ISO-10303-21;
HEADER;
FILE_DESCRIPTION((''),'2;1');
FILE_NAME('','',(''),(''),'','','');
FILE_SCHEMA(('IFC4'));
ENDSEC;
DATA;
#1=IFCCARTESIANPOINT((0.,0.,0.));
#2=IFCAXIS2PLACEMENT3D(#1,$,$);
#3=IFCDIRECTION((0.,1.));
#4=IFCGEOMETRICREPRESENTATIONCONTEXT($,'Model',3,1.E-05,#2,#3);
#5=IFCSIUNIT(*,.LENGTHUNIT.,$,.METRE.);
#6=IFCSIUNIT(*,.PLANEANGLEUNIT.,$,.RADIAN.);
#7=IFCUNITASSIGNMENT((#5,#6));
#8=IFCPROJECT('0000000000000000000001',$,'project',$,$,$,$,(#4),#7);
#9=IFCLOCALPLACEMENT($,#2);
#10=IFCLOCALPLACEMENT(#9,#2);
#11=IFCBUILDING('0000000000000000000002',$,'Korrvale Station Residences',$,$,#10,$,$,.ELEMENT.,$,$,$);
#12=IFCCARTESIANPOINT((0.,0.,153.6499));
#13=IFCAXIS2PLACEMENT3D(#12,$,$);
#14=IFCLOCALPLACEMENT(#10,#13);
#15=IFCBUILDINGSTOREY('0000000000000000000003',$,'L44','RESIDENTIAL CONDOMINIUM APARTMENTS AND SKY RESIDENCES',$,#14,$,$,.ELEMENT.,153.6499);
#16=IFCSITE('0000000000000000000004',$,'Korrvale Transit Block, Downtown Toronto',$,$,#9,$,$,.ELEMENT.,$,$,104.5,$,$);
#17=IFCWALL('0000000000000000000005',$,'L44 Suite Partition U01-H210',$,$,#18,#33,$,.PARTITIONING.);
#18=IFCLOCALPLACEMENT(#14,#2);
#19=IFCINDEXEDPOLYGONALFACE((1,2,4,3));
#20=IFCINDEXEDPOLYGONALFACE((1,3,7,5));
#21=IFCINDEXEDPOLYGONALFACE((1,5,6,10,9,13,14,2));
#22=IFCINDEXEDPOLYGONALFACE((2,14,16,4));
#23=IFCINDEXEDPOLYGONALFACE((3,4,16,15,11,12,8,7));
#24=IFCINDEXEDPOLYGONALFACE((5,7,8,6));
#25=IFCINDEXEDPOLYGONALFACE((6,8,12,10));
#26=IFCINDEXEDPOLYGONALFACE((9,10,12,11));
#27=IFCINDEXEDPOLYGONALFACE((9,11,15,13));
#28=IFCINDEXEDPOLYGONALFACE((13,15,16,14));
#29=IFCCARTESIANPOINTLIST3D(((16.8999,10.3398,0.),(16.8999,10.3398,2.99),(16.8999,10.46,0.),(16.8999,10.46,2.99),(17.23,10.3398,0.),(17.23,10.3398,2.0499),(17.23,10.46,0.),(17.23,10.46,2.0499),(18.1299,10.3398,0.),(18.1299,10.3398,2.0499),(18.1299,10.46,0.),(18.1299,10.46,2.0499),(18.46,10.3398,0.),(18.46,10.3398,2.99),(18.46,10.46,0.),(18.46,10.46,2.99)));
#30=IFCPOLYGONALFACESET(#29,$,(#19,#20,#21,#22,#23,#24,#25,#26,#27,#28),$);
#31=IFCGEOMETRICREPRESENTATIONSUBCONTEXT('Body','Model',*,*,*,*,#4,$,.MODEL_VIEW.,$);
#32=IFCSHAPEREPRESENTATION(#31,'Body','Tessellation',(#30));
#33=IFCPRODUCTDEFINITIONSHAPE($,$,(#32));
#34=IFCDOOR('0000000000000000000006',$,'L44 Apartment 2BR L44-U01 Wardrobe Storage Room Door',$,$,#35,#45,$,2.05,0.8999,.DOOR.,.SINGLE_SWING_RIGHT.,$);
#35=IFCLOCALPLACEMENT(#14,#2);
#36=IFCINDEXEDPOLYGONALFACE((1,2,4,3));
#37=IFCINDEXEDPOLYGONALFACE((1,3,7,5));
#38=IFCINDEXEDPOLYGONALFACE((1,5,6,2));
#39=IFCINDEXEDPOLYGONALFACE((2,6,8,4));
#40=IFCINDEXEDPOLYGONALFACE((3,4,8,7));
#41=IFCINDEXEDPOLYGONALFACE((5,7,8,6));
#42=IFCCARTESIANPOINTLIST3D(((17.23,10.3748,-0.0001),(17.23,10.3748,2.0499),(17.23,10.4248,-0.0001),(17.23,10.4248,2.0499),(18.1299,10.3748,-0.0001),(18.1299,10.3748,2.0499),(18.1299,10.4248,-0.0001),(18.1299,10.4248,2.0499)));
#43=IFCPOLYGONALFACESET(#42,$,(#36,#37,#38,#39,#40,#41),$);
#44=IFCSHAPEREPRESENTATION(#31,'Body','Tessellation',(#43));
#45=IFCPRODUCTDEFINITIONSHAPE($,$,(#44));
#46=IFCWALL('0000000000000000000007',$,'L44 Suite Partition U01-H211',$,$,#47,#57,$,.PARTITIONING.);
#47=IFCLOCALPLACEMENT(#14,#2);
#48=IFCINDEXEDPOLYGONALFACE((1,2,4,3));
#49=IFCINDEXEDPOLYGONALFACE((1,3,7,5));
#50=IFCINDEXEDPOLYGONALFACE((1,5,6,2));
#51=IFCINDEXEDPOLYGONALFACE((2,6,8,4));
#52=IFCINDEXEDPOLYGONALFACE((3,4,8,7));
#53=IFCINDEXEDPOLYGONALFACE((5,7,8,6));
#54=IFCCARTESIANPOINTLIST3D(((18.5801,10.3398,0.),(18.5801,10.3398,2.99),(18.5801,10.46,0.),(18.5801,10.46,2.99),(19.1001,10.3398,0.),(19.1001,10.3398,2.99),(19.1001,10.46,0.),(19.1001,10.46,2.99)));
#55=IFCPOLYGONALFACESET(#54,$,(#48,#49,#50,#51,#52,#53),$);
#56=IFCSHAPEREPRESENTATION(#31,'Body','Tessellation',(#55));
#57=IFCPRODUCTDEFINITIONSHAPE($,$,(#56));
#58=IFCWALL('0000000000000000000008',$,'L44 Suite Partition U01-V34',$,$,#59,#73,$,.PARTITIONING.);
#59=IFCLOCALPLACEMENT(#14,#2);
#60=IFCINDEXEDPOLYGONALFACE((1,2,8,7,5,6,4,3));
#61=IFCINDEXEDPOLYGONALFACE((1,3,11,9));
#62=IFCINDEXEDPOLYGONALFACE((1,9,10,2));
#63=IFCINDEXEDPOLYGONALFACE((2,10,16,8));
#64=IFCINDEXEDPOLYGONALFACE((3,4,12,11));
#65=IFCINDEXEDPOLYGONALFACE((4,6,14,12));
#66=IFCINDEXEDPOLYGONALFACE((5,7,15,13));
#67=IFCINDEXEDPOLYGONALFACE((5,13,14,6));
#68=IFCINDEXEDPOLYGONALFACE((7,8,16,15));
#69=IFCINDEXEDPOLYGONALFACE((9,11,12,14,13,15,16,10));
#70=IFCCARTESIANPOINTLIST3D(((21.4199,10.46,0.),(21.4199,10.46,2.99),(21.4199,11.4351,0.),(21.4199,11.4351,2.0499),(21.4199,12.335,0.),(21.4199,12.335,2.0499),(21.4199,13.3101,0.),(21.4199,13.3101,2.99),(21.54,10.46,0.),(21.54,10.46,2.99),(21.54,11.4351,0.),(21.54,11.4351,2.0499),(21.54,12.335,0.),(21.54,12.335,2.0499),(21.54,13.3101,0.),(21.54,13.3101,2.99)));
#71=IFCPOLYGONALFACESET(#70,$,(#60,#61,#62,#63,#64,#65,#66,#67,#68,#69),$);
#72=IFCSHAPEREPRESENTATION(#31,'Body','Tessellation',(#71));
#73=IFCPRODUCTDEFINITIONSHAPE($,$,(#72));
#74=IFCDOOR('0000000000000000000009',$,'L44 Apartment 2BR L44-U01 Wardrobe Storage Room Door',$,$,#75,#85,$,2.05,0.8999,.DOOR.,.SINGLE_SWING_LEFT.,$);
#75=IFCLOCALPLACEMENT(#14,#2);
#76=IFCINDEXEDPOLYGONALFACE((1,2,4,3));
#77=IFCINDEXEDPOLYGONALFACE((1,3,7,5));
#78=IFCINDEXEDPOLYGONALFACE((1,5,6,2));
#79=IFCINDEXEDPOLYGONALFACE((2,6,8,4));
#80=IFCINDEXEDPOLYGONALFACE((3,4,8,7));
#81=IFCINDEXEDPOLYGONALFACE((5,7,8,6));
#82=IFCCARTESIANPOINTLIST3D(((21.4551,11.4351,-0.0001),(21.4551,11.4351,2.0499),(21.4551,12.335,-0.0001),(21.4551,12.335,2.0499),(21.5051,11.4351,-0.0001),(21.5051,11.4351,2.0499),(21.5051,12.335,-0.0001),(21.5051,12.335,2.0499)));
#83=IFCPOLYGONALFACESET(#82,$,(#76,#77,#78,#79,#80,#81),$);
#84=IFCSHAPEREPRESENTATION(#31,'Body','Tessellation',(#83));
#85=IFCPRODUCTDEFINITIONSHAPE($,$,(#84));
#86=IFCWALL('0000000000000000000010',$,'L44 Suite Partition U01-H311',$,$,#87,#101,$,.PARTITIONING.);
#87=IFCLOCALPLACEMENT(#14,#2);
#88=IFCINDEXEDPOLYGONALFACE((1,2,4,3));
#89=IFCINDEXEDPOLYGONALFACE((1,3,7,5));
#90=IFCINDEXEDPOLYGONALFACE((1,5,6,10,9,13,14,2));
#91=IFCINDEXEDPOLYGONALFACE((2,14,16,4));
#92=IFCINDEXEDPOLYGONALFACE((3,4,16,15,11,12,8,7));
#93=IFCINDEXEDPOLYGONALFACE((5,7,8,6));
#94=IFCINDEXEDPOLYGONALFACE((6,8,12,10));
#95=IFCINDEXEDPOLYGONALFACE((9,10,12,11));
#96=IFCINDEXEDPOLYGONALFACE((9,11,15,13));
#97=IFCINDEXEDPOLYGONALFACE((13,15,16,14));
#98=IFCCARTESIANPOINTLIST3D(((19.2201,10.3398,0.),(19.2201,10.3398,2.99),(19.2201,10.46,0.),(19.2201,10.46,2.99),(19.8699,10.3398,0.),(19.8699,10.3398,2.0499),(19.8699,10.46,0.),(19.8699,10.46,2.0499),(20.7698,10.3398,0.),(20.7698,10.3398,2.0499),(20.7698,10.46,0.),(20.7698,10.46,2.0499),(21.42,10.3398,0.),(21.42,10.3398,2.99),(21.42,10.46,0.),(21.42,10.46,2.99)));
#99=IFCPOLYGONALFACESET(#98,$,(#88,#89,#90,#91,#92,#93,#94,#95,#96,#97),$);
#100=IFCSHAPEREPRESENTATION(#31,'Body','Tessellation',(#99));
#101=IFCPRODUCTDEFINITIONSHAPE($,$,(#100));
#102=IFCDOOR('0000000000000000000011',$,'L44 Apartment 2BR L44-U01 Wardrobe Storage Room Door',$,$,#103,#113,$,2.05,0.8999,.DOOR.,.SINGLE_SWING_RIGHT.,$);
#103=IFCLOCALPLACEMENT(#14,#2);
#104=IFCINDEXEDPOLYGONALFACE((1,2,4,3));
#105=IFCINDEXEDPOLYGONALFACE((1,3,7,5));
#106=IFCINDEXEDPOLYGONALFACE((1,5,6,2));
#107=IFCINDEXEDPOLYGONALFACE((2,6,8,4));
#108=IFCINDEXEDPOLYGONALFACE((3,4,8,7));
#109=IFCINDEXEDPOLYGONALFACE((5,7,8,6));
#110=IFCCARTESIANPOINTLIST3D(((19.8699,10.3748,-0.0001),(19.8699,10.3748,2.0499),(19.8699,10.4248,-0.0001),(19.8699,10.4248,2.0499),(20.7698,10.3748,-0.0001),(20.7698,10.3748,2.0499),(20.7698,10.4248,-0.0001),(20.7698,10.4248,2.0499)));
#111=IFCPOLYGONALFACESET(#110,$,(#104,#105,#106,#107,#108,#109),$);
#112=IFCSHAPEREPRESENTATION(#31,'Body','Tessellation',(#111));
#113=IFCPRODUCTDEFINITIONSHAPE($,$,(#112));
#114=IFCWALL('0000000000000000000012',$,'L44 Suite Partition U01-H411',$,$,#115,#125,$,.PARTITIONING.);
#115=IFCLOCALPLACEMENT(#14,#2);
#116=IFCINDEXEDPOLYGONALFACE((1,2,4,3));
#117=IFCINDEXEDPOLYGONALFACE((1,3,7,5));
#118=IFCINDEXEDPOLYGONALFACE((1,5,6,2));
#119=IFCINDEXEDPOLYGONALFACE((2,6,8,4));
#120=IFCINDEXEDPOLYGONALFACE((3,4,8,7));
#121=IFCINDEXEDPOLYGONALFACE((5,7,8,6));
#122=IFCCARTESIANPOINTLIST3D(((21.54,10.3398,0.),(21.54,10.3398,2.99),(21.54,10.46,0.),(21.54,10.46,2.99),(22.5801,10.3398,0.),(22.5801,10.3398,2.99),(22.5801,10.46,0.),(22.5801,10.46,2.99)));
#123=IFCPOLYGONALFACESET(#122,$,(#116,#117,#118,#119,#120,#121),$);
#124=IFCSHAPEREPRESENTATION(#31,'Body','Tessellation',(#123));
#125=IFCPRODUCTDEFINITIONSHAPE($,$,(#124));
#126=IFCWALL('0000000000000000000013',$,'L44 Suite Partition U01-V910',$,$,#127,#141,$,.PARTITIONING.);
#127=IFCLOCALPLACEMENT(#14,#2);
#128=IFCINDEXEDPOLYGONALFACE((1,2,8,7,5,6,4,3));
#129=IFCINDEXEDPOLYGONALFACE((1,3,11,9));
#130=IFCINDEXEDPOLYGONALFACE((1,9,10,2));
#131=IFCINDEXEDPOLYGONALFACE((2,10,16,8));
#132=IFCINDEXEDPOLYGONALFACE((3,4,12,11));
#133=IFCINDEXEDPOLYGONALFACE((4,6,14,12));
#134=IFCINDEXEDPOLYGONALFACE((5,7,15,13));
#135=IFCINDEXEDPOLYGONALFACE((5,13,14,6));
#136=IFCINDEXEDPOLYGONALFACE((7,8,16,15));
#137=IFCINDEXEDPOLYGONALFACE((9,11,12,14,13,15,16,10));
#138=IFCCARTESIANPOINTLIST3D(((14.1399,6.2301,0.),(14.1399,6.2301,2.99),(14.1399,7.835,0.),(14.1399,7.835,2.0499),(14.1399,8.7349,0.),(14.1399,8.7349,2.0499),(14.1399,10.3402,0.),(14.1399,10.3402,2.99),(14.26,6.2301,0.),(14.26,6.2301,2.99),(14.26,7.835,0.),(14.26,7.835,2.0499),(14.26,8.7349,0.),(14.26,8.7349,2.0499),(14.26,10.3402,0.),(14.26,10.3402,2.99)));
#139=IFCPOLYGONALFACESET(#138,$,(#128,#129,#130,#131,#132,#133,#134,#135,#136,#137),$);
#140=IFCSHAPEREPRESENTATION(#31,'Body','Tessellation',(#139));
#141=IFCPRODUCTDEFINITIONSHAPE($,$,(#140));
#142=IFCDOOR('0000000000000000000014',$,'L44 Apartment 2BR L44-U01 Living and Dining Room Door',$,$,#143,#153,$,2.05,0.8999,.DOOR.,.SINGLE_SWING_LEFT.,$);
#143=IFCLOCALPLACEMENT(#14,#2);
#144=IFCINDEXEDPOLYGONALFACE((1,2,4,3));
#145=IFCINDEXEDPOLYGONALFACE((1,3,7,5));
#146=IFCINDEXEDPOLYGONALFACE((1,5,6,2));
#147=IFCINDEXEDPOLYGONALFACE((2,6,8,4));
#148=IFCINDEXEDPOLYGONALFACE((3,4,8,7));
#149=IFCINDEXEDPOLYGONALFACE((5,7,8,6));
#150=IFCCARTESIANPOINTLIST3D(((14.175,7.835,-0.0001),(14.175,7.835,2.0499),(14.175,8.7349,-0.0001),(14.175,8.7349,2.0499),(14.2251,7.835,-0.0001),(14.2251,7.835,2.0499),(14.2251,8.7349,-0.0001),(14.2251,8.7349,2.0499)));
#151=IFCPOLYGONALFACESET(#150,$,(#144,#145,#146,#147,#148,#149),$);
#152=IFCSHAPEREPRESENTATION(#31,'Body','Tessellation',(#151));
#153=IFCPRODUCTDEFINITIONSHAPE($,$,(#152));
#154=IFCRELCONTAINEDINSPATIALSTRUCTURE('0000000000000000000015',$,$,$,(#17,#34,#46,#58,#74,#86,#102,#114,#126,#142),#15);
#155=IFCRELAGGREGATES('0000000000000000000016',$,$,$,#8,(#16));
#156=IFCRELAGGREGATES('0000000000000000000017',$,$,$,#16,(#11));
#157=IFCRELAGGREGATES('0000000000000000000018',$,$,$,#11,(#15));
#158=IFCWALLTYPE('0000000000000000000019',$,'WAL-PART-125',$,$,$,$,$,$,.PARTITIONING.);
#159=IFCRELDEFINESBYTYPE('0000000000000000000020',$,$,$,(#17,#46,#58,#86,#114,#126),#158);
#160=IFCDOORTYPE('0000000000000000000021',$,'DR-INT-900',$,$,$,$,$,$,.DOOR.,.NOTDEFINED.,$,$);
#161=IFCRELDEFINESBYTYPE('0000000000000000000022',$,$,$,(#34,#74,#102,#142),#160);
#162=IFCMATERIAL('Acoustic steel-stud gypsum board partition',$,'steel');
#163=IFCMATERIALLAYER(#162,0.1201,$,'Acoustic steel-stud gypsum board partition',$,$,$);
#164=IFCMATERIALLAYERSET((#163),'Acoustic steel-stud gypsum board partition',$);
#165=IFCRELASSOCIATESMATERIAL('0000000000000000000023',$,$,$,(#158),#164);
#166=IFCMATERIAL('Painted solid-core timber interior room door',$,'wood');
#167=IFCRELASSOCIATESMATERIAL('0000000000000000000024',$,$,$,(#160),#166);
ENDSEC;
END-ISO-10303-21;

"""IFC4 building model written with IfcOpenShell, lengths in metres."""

from ifc_helpers import new_model, si_unit, direction, frame, frame_2d, origin, place, context, subcontext, project, spatial, rectangle, extrude, material, layer, layer_set, type_object, element, fill, save


model = new_model("IFC4")

# Units and contexts
model_context = context("Model", 3, precision=1e-05, world=origin(), true_north=direction((0.0, 1.0)))
body_context = subcontext(model_context, "Body", "Model", "MODEL_VIEW")
ifc_project = project(units=[si_unit("LENGTHUNIT", "METRE"), si_unit("PLANEANGLEUNIT", "RADIAN")], contexts=[model_context])

# Site, building, storey
site_placement = place(None, origin())
site = spatial("IfcSite", under=ifc_project, at=site_placement, Name="Korrvale Transit Block, Downtown Toronto", CompositionType="ELEMENT", RefElevation=104.5)
building_placement = place(site_placement, origin())
building = spatial("IfcBuilding", under=site, at=building_placement, Name="Korrvale Station Residences", CompositionType="ELEMENT")
storey_placement = place(building_placement, frame((0.0, 0.0, 153.6499)))
storey = spatial("IfcBuildingStorey", under=building, at=storey_placement, Name="L44", Description="RESIDENTIAL CONDOMINIUM APARTMENTS AND SKY RESIDENCES", CompositionType="ELEMENT", Elevation=153.6499)

# Wall, opening, door
ifc_material_1 = material(Name="Acoustic steel-stud gypsum board partition", Category="steel")
ifc_layer_1 = layer(ifc_material_1, 0.1201, Name="Acoustic steel-stud gypsum board partition")
ifc_layer_set_1 = layer_set([ifc_layer_1], Name="Acoustic steel-stud gypsum board partition")
wall_type_1 = type_object("IfcWallType", Name="WAL-PART-125", PredefinedType="PARTITIONING", material=ifc_layer_set_1)
ifc_material_2 = material(Name="Painted solid-core timber interior room door", Category="wood")
door_type_1 = type_object("IfcDoorType", Name="DR-INT-900", OperationType="NOTDEFINED", PredefinedType="DOOR", material=ifc_material_2)
wall_1_placement = place(storey_placement, frame((16.8999, 10.3999, 0.0), z_axis=(0.0, 0.0, 1.0), x_axis=(1.0, 0.0, 0.0)))
wall_1 = element("IfcWall", 1, at=wall_1_placement, inside=storey, type_object=wall_type_1, Name="L44 Suite Partition U01-H210", PredefinedType="PARTITIONING", context=body_context, shape_type="SweptSolid", body=[
    extrude(rectangle(XDim=1.5601, YDim=0.1201, at=frame_2d((0.78, 0.0))), origin(), (0.0, 0.0, 1.0), 2.99),
])
opening_1_placement = place(wall_1_placement, frame((0.3301, 0.0, 0.0)))
opening_1 = element("IfcOpeningElement", 2, at=opening_1_placement, cuts=wall_1, PredefinedType="OPENING", context=body_context, shape_type="SweptSolid", body=[
    extrude(rectangle(XDim=0.8999, YDim=2.05, at=frame_2d((0.45, 1.0249))), frame((0.0, 0.0701, 0.0), z_axis=(0.0, -1.0, 0.0), x_axis=(1.0, 0.0, 0.0)), (0.0, 0.0, 1.0), 0.1401),
])
door_1_placement = place(opening_1_placement, origin())
door_1 = element("IfcDoor", 3, at=door_1_placement, inside=storey, type_object=door_type_1, Name="L44 Apartment 2BR L44-U01 Wardrobe Storage Room Door", OperationType="SINGLE_SWING_RIGHT", OverallHeight=2.05, OverallWidth=0.8999, PredefinedType="DOOR", context=body_context, shape_type="SweptSolid", body=[
    extrude(rectangle(XDim=0.8999, YDim=2.05, at=frame_2d((0.45, 1.0249))), frame((0.0, 0.0249, 0.0), z_axis=(0.0, -1.0, 0.0), x_axis=(1.0, 0.0, 0.0)), (0.0, 0.0, 1.0), 0.05),
])
fill(opening_1, door_1)

# Wall
wall_2_placement = place(storey_placement, frame((18.5801, 10.3999, 0.0), z_axis=(0.0, 0.0, 1.0), x_axis=(1.0, 0.0, 0.0)))
element("IfcWall", 4, at=wall_2_placement, inside=storey, type_object=wall_type_1, Name="L44 Suite Partition U01-H211", PredefinedType="PARTITIONING", context=body_context, shape_type="SweptSolid", body=[
    extrude(rectangle(XDim=0.52, YDim=0.1201, at=frame_2d((0.26, 0.0))), origin(), (0.0, 0.0, 1.0), 2.99),
])

# Walls, openings, doors
wall_3_placement = place(storey_placement, frame((21.48, 10.46, 0.0), z_axis=(0.0, 0.0, 1.0), x_axis=(0.0, 1.0, 0.0)))
wall_3 = element("IfcWall", 5, at=wall_3_placement, inside=storey, type_object=wall_type_1, Name="L44 Suite Partition U01-V34", PredefinedType="PARTITIONING", context=body_context, shape_type="SweptSolid", body=[
    extrude(rectangle(XDim=2.8501, YDim=0.1201, at=frame_2d((1.425, 0.0))), origin(), (0.0, 0.0, 1.0), 2.99),
])
opening_2_placement = place(wall_3_placement, frame((0.9751, 0.0, 0.0)))
opening_2 = element("IfcOpeningElement", 6, at=opening_2_placement, cuts=wall_3, PredefinedType="OPENING", context=body_context, shape_type="SweptSolid", body=[
    extrude(rectangle(XDim=0.8999, YDim=2.05, at=frame_2d((0.45, 1.0249))), frame((0.0, 0.0701, 0.0), z_axis=(0.0, -1.0, 0.0), x_axis=(1.0, 0.0, 0.0)), (0.0, 0.0, 1.0), 0.1401),
])
door_2_placement = place(opening_2_placement, origin())
door_2 = element("IfcDoor", 7, at=door_2_placement, inside=storey, type_object=door_type_1, Name="L44 Apartment 2BR L44-U01 Wardrobe Storage Room Door", OperationType="SINGLE_SWING_LEFT", OverallHeight=2.05, OverallWidth=0.8999, PredefinedType="DOOR", context=body_context, shape_type="SweptSolid", body=[
    extrude(rectangle(XDim=0.8999, YDim=2.05, at=frame_2d((0.45, 1.0249))), frame((0.0, 0.0249, 0.0), z_axis=(0.0, -1.0, 0.0), x_axis=(1.0, 0.0, 0.0)), (0.0, 0.0, 1.0), 0.05),
])
fill(opening_2, door_2)
wall_4_placement = place(storey_placement, frame((19.22, 10.3999, 0.0), z_axis=(0.0, 0.0, 1.0), x_axis=(1.0, 0.0, 0.0)))
wall_4 = element("IfcWall", 8, at=wall_4_placement, inside=storey, type_object=wall_type_1, Name="L44 Suite Partition U01-H311", PredefinedType="PARTITIONING", context=body_context, shape_type="SweptSolid", body=[
    extrude(rectangle(XDim=2.2, YDim=0.1201, at=frame_2d((1.1001, 0.0))), origin(), (0.0, 0.0, 1.0), 2.99),
])
opening_3_placement = place(wall_4_placement, frame((0.6499, 0.0, 0.0)))
opening_3 = element("IfcOpeningElement", 9, at=opening_3_placement, cuts=wall_4, PredefinedType="OPENING", context=body_context, shape_type="SweptSolid", body=[
    extrude(rectangle(XDim=0.8999, YDim=2.05, at=frame_2d((0.45, 1.0249))), frame((0.0, 0.0701, 0.0), z_axis=(0.0, -1.0, 0.0), x_axis=(1.0, 0.0, 0.0)), (0.0, 0.0, 1.0), 0.1401),
])
door_3_placement = place(opening_3_placement, origin())
door_3 = element("IfcDoor", 10, at=door_3_placement, inside=storey, type_object=door_type_1, Name="L44 Apartment 2BR L44-U01 Wardrobe Storage Room Door", OperationType="SINGLE_SWING_RIGHT", OverallHeight=2.05, OverallWidth=0.8999, PredefinedType="DOOR", context=body_context, shape_type="SweptSolid", body=[
    extrude(rectangle(XDim=0.8999, YDim=2.05, at=frame_2d((0.45, 1.0249))), frame((0.0, 0.0249, 0.0), z_axis=(0.0, -1.0, 0.0), x_axis=(1.0, 0.0, 0.0)), (0.0, 0.0, 1.0), 0.05),
])
fill(opening_3, door_3)

# Wall
wall_5_placement = place(storey_placement, frame((21.54, 10.3999, 0.0), z_axis=(0.0, 0.0, 1.0), x_axis=(1.0, 0.0, 0.0)))
element("IfcWall", 11, at=wall_5_placement, inside=storey, type_object=wall_type_1, Name="L44 Suite Partition U01-H411", PredefinedType="PARTITIONING", context=body_context, shape_type="SweptSolid", body=[
    extrude(rectangle(XDim=1.04, YDim=0.1201, at=frame_2d((0.52, 0.0))), origin(), (0.0, 0.0, 1.0), 2.99),
])

# Wall, opening, door
wall_6_placement = place(storey_placement, frame((14.2, 6.23, 0.0), z_axis=(0.0, 0.0, 1.0), x_axis=(0.0, 1.0, 0.0)))
wall_6 = element("IfcWall", 12, at=wall_6_placement, inside=storey, type_object=wall_type_1, Name="L44 Suite Partition U01-V910", PredefinedType="PARTITIONING", context=body_context, shape_type="SweptSolid", body=[
    extrude(rectangle(XDim=4.1101, YDim=0.1201, at=frame_2d((2.0552, 0.0))), origin(), (0.0, 0.0, 1.0), 2.99),
])
opening_4_placement = place(wall_6_placement, frame((1.605, 0.0, 0.0)))
opening_4 = element("IfcOpeningElement", 13, at=opening_4_placement, cuts=wall_6, PredefinedType="OPENING", context=body_context, shape_type="SweptSolid", body=[
    extrude(rectangle(XDim=0.8999, YDim=2.05, at=frame_2d((0.45, 1.0249))), frame((0.0, 0.0701, 0.0), z_axis=(0.0, -1.0, 0.0), x_axis=(1.0, 0.0, 0.0)), (0.0, 0.0, 1.0), 0.1401),
])
door_4_placement = place(opening_4_placement, origin())
door_4 = element("IfcDoor", 14, at=door_4_placement, inside=storey, type_object=door_type_1, Name="L44 Apartment 2BR L44-U01 Living and Dining Room Door", OperationType="SINGLE_SWING_LEFT", OverallHeight=2.05, OverallWidth=0.8999, PredefinedType="DOOR", context=body_context, shape_type="SweptSolid", body=[
    extrude(rectangle(XDim=0.8999, YDim=2.05, at=frame_2d((0.45, 1.0249))), frame((0.0, 0.0249, 0.0), z_axis=(0.0, -1.0, 0.0), x_axis=(1.0, 0.0, 0.0)), (0.0, 0.0, 1.0), 0.05),
])
fill(opening_4, door_4)

save(model, "model.ifc")
